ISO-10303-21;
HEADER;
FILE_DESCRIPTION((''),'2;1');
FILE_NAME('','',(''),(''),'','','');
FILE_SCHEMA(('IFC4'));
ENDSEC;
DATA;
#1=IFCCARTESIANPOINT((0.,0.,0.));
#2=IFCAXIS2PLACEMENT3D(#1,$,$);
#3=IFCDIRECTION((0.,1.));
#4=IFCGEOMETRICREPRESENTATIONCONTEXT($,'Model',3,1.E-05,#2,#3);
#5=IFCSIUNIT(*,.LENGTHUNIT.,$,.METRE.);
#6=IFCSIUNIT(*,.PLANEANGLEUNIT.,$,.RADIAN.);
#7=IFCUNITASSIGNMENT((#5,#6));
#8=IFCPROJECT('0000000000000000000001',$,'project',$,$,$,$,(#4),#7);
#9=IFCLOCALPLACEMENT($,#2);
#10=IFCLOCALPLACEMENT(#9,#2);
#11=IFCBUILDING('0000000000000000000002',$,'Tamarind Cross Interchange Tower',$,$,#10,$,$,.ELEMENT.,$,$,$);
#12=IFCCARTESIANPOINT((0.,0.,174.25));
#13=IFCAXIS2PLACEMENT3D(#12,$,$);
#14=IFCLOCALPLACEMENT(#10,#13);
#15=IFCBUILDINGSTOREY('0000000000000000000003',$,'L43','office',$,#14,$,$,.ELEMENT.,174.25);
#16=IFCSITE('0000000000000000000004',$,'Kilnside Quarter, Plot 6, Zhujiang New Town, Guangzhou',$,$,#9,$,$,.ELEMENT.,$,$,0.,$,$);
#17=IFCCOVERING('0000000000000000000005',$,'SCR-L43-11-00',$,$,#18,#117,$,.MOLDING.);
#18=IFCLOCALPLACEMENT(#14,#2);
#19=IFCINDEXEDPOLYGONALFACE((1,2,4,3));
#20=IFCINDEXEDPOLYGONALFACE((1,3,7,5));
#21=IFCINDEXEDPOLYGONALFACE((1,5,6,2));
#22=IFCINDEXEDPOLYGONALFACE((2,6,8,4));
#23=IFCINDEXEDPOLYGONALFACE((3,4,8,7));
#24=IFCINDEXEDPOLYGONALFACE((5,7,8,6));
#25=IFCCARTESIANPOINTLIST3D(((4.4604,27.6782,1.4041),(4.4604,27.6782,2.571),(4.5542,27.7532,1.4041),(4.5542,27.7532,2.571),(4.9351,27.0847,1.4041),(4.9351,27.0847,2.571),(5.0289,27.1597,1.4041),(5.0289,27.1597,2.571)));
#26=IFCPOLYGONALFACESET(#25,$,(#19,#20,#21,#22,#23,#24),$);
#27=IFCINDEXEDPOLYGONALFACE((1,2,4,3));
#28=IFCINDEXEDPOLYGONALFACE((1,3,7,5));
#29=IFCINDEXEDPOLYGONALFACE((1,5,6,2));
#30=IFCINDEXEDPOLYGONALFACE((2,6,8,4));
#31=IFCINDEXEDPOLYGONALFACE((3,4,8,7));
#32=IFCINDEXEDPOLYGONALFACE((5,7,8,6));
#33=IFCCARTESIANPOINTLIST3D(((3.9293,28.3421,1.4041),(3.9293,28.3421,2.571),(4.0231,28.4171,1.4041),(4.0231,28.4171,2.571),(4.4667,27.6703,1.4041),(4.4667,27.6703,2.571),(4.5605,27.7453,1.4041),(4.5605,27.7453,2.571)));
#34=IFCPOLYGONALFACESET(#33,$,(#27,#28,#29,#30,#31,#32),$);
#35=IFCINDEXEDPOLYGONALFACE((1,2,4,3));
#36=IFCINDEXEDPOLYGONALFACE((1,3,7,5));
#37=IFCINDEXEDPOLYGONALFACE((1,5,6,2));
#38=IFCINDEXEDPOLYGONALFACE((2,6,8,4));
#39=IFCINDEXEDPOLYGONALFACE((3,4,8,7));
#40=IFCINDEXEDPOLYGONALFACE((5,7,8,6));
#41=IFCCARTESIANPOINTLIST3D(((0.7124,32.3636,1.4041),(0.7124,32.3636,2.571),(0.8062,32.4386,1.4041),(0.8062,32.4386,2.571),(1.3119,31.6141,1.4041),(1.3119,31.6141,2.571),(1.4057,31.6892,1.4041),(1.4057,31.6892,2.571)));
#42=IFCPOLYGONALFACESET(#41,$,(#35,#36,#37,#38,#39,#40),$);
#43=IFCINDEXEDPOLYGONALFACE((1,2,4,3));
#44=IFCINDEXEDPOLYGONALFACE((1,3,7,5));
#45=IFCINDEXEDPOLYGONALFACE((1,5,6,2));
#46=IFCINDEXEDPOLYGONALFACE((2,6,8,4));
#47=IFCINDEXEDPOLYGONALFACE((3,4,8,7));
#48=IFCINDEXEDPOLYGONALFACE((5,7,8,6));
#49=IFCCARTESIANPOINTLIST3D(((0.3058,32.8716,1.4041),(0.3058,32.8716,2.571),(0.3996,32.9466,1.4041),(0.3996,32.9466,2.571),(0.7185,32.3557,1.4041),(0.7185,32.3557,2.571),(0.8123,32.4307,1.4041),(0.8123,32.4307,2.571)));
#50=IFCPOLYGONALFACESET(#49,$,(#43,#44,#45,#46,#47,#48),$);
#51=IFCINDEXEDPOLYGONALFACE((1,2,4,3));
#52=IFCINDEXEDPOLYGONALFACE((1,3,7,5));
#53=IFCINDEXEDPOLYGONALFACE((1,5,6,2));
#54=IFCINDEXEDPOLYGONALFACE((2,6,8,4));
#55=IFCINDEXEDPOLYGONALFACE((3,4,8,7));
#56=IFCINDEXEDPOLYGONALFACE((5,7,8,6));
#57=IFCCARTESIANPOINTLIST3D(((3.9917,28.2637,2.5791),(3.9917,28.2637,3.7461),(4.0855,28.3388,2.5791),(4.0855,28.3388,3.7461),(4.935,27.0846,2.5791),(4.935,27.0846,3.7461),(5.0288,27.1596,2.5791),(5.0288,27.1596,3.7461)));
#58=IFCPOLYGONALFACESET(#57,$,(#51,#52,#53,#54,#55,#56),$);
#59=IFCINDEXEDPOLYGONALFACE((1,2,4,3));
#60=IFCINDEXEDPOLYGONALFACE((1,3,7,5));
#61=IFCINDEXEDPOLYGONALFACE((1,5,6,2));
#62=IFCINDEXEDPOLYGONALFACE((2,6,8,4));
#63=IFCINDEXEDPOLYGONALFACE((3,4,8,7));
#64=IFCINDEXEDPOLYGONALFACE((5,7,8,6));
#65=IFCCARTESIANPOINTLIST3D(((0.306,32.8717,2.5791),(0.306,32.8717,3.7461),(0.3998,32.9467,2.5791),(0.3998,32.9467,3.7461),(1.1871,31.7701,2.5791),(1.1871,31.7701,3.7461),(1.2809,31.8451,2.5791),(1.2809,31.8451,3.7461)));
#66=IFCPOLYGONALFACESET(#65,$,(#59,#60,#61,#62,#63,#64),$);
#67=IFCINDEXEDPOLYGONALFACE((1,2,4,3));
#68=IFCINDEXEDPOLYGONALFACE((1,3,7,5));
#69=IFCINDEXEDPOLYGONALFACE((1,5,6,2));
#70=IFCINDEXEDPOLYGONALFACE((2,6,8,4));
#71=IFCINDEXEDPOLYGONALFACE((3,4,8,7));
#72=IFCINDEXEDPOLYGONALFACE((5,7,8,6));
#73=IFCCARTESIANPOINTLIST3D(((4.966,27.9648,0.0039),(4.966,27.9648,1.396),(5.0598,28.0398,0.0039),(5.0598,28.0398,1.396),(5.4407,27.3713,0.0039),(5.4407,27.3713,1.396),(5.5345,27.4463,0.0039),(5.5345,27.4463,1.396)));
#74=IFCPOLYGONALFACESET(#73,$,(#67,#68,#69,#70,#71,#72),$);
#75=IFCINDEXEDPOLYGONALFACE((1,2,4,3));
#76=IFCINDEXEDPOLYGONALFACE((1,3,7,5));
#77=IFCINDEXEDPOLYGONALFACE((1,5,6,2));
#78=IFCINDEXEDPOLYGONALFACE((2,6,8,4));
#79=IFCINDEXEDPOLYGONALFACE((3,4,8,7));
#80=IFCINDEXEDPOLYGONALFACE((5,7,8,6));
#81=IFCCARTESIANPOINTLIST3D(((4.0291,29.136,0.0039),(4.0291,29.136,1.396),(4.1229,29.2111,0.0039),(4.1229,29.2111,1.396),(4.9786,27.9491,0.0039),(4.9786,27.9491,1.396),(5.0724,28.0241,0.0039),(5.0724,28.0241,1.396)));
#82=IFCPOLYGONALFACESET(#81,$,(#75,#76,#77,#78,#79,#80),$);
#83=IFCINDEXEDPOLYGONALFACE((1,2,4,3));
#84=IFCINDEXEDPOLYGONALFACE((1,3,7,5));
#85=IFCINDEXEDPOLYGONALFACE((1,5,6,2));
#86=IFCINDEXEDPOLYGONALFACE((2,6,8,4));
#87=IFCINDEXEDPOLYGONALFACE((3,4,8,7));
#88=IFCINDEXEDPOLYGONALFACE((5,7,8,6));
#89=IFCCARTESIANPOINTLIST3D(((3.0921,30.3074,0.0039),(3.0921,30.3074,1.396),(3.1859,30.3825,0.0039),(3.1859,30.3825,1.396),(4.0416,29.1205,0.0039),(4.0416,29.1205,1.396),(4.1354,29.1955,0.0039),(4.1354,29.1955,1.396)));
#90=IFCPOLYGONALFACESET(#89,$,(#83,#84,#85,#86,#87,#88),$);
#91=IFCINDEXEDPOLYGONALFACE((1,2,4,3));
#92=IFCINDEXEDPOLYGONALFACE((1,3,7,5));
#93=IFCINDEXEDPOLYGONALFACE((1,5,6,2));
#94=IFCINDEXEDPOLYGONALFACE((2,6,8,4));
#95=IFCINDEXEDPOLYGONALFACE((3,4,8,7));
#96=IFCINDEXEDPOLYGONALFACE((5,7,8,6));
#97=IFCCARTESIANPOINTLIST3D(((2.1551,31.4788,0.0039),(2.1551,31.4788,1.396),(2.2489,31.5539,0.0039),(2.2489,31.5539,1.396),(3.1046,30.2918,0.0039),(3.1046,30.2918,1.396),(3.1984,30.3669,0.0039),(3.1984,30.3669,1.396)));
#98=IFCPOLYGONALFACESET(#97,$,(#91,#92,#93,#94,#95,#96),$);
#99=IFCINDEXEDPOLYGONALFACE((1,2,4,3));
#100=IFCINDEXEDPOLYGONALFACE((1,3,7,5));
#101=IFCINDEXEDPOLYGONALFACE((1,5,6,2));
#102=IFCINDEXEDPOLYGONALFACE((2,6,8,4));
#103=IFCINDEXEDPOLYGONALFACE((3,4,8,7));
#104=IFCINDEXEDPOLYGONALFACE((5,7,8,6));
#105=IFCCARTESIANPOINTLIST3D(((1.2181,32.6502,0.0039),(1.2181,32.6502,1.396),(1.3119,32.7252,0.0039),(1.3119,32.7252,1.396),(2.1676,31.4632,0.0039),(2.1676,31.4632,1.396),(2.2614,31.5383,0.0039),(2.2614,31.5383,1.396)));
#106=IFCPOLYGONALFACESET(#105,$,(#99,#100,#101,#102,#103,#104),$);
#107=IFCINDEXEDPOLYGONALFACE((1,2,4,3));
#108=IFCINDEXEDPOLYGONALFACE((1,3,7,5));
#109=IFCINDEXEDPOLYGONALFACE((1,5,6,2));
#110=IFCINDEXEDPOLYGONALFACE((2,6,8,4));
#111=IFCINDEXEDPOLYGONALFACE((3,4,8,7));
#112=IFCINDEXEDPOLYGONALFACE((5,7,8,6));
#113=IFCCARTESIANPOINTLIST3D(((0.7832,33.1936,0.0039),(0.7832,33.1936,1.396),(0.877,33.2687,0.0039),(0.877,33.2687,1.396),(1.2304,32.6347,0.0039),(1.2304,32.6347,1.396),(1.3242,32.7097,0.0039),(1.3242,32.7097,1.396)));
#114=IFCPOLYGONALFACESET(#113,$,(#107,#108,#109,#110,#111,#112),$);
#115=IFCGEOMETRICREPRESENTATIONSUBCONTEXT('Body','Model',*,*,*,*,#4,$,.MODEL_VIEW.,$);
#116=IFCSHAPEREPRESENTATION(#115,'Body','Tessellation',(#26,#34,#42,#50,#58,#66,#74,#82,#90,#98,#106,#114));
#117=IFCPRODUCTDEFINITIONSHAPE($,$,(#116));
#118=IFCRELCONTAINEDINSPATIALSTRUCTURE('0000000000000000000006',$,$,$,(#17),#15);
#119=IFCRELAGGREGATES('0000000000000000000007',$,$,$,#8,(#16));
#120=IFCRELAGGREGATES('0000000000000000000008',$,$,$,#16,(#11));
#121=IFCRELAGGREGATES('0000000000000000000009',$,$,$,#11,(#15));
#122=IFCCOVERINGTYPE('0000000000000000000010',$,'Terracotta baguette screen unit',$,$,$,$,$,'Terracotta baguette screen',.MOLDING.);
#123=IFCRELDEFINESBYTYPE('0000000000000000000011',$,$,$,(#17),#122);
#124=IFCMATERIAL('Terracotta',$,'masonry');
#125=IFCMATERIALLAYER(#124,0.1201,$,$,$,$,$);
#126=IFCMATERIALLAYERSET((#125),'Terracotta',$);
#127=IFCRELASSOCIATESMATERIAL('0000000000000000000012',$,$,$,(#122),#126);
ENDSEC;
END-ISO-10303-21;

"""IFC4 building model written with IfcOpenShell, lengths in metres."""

from ifc_helpers import new_model, si_unit, direction, frame, origin, origin_2d, place, context, subcontext, project, spatial, rectangle, extrude, material, layer, layer_set, type_object, element, save


model = new_model("IFC4")

# Units and contexts
model_context = context("Model", 3, precision=1e-05, world=origin(), true_north=direction((0.0, 1.0)))
body_context = subcontext(model_context, "Body", "Model", "MODEL_VIEW")
ifc_project = project(units=[si_unit("LENGTHUNIT", "METRE"), si_unit("PLANEANGLEUNIT", "RADIAN")], contexts=[model_context])

# Site, building, storey
site_placement = place(None, origin())
site = spatial("IfcSite", under=ifc_project, at=site_placement, Name="Kilnside Quarter, Plot 6, Zhujiang New Town, Guangzhou", CompositionType="ELEMENT", RefElevation=0.0)
building_placement = place(site_placement, origin())
building = spatial("IfcBuilding", under=site, at=building_placement, Name="Tamarind Cross Interchange Tower", CompositionType="ELEMENT")
storey_placement = place(building_placement, frame((0.0, 0.0, 174.25)))
storey = spatial("IfcBuildingStorey", under=building, at=storey_placement, Name="L43", Description="office", CompositionType="ELEMENT", Elevation=174.25)

# Covering
ifc_material_1 = material(Name="Terracotta", Category="masonry")
ifc_layer_1 = layer(ifc_material_1, 0.1201)
ifc_layer_set_1 = layer_set([ifc_layer_1], Name="Terracotta")
covering_type = type_object("IfcCoveringType", Name="Terracotta baguette screen unit", ElementType="Terracotta baguette screen", PredefinedType="MOLDING", material=ifc_layer_set_1)
covering_1_placement = place(storey_placement, origin())
element("IfcCovering", 1, at=covering_1_placement, inside=storey, type_object=covering_type, Name="SCR-L43-11-00", PredefinedType="MOLDING", context=body_context, shape_type="SweptSolid", body=[
    extrude(rectangle(XDim=0.76, YDim=0.1201, at=origin_2d()), frame((4.7446, 27.4189, 1.4041), z_axis=(0.0, 0.0, 1.0), x_axis=(-0.624665, 0.780893, 0.0)), (0.0, 0.0, 1.0), 1.167),
    extrude(rectangle(XDim=0.8604, YDim=0.1201, at=origin_2d()), frame((4.2449, 28.0437, 1.4041), z_axis=(0.0, 0.0, 1.0), x_axis=(-0.624665, 0.780893, 0.0)), (0.0, 0.0, 1.0), 1.167),
    extrude(rectangle(XDim=0.9597, YDim=0.1201, at=origin_2d()), frame((1.0591, 32.0264, 1.4041), z_axis=(0.0, 0.0, 1.0), x_axis=(-0.624665, 0.780893, 0.0)), (0.0, 0.0, 1.0), 1.167),
    extrude(rectangle(XDim=0.6606, YDim=0.1201, at=origin_2d()), frame((0.5591, 32.6511, 1.4041), z_axis=(0.0, 0.0, 1.0), x_axis=(-0.624665, 0.780893, 0.0)), (0.0, 0.0, 1.0), 1.167),
    extrude(rectangle(XDim=1.51, YDim=0.1201, at=origin_2d()), frame((4.5103, 27.7117, 2.5791), z_axis=(0.0, 0.0, 1.0), x_axis=(-0.624665, 0.780893, 0.0)), (0.0, 0.0, 1.0), 1.167),
    extrude(rectangle(XDim=1.4106, YDim=0.1201, at=origin_2d()), frame((0.7935, 32.3584, 2.5791), z_axis=(0.0, 0.0, 1.0), x_axis=(-0.624665, 0.780893, 0.0)), (0.0, 0.0, 1.0), 1.167),
    extrude(rectangle(XDim=0.76, YDim=0.1201, at=origin_2d()), frame((5.2502, 27.7056, 0.0039), z_axis=(0.0, 0.0, 1.0), x_axis=(-0.624665, 0.780893, 0.0)), (0.0, 0.0, 1.0), 1.3921),
    extrude(rectangle(XDim=1.52, YDim=0.1201, at=origin_2d()), frame((4.5508, 28.5801, 0.0039), z_axis=(0.0, 0.0, 1.0), x_axis=(-0.624665, 0.780893, 0.0)), (0.0, 0.0, 1.0), 1.3921),
    extrude(rectangle(XDim=1.52, YDim=0.1201, at=origin_2d()), frame((3.6138, 29.7515, 0.0039), z_axis=(0.0, 0.0, 1.0), x_axis=(-0.624665, 0.780893, 0.0)), (0.0, 0.0, 1.0), 1.3921),
    extrude(rectangle(XDim=1.52, YDim=0.1201, at=origin_2d()), frame((2.6768, 30.9229, 0.0039), z_axis=(0.0, 0.0, 1.0), x_axis=(-0.624665, 0.780893, 0.0)), (0.0, 0.0, 1.0), 1.3921),
    extrude(rectangle(XDim=1.52, YDim=0.1201, at=origin_2d()), frame((1.7397, 32.0942, 0.0039), z_axis=(0.0, 0.0, 1.0), x_axis=(-0.624665, 0.780893, 0.0)), (0.0, 0.0, 1.0), 1.3921),
    extrude(rectangle(XDim=0.7158, YDim=0.1201, at=origin_2d()), frame((1.0537, 32.9517, 0.0039), z_axis=(0.0, 0.0, 1.0), x_axis=(-0.624665, 0.780893, 0.0)), (0.0, 0.0, 1.0), 1.3921),
])

save(model, "model.ifc")
